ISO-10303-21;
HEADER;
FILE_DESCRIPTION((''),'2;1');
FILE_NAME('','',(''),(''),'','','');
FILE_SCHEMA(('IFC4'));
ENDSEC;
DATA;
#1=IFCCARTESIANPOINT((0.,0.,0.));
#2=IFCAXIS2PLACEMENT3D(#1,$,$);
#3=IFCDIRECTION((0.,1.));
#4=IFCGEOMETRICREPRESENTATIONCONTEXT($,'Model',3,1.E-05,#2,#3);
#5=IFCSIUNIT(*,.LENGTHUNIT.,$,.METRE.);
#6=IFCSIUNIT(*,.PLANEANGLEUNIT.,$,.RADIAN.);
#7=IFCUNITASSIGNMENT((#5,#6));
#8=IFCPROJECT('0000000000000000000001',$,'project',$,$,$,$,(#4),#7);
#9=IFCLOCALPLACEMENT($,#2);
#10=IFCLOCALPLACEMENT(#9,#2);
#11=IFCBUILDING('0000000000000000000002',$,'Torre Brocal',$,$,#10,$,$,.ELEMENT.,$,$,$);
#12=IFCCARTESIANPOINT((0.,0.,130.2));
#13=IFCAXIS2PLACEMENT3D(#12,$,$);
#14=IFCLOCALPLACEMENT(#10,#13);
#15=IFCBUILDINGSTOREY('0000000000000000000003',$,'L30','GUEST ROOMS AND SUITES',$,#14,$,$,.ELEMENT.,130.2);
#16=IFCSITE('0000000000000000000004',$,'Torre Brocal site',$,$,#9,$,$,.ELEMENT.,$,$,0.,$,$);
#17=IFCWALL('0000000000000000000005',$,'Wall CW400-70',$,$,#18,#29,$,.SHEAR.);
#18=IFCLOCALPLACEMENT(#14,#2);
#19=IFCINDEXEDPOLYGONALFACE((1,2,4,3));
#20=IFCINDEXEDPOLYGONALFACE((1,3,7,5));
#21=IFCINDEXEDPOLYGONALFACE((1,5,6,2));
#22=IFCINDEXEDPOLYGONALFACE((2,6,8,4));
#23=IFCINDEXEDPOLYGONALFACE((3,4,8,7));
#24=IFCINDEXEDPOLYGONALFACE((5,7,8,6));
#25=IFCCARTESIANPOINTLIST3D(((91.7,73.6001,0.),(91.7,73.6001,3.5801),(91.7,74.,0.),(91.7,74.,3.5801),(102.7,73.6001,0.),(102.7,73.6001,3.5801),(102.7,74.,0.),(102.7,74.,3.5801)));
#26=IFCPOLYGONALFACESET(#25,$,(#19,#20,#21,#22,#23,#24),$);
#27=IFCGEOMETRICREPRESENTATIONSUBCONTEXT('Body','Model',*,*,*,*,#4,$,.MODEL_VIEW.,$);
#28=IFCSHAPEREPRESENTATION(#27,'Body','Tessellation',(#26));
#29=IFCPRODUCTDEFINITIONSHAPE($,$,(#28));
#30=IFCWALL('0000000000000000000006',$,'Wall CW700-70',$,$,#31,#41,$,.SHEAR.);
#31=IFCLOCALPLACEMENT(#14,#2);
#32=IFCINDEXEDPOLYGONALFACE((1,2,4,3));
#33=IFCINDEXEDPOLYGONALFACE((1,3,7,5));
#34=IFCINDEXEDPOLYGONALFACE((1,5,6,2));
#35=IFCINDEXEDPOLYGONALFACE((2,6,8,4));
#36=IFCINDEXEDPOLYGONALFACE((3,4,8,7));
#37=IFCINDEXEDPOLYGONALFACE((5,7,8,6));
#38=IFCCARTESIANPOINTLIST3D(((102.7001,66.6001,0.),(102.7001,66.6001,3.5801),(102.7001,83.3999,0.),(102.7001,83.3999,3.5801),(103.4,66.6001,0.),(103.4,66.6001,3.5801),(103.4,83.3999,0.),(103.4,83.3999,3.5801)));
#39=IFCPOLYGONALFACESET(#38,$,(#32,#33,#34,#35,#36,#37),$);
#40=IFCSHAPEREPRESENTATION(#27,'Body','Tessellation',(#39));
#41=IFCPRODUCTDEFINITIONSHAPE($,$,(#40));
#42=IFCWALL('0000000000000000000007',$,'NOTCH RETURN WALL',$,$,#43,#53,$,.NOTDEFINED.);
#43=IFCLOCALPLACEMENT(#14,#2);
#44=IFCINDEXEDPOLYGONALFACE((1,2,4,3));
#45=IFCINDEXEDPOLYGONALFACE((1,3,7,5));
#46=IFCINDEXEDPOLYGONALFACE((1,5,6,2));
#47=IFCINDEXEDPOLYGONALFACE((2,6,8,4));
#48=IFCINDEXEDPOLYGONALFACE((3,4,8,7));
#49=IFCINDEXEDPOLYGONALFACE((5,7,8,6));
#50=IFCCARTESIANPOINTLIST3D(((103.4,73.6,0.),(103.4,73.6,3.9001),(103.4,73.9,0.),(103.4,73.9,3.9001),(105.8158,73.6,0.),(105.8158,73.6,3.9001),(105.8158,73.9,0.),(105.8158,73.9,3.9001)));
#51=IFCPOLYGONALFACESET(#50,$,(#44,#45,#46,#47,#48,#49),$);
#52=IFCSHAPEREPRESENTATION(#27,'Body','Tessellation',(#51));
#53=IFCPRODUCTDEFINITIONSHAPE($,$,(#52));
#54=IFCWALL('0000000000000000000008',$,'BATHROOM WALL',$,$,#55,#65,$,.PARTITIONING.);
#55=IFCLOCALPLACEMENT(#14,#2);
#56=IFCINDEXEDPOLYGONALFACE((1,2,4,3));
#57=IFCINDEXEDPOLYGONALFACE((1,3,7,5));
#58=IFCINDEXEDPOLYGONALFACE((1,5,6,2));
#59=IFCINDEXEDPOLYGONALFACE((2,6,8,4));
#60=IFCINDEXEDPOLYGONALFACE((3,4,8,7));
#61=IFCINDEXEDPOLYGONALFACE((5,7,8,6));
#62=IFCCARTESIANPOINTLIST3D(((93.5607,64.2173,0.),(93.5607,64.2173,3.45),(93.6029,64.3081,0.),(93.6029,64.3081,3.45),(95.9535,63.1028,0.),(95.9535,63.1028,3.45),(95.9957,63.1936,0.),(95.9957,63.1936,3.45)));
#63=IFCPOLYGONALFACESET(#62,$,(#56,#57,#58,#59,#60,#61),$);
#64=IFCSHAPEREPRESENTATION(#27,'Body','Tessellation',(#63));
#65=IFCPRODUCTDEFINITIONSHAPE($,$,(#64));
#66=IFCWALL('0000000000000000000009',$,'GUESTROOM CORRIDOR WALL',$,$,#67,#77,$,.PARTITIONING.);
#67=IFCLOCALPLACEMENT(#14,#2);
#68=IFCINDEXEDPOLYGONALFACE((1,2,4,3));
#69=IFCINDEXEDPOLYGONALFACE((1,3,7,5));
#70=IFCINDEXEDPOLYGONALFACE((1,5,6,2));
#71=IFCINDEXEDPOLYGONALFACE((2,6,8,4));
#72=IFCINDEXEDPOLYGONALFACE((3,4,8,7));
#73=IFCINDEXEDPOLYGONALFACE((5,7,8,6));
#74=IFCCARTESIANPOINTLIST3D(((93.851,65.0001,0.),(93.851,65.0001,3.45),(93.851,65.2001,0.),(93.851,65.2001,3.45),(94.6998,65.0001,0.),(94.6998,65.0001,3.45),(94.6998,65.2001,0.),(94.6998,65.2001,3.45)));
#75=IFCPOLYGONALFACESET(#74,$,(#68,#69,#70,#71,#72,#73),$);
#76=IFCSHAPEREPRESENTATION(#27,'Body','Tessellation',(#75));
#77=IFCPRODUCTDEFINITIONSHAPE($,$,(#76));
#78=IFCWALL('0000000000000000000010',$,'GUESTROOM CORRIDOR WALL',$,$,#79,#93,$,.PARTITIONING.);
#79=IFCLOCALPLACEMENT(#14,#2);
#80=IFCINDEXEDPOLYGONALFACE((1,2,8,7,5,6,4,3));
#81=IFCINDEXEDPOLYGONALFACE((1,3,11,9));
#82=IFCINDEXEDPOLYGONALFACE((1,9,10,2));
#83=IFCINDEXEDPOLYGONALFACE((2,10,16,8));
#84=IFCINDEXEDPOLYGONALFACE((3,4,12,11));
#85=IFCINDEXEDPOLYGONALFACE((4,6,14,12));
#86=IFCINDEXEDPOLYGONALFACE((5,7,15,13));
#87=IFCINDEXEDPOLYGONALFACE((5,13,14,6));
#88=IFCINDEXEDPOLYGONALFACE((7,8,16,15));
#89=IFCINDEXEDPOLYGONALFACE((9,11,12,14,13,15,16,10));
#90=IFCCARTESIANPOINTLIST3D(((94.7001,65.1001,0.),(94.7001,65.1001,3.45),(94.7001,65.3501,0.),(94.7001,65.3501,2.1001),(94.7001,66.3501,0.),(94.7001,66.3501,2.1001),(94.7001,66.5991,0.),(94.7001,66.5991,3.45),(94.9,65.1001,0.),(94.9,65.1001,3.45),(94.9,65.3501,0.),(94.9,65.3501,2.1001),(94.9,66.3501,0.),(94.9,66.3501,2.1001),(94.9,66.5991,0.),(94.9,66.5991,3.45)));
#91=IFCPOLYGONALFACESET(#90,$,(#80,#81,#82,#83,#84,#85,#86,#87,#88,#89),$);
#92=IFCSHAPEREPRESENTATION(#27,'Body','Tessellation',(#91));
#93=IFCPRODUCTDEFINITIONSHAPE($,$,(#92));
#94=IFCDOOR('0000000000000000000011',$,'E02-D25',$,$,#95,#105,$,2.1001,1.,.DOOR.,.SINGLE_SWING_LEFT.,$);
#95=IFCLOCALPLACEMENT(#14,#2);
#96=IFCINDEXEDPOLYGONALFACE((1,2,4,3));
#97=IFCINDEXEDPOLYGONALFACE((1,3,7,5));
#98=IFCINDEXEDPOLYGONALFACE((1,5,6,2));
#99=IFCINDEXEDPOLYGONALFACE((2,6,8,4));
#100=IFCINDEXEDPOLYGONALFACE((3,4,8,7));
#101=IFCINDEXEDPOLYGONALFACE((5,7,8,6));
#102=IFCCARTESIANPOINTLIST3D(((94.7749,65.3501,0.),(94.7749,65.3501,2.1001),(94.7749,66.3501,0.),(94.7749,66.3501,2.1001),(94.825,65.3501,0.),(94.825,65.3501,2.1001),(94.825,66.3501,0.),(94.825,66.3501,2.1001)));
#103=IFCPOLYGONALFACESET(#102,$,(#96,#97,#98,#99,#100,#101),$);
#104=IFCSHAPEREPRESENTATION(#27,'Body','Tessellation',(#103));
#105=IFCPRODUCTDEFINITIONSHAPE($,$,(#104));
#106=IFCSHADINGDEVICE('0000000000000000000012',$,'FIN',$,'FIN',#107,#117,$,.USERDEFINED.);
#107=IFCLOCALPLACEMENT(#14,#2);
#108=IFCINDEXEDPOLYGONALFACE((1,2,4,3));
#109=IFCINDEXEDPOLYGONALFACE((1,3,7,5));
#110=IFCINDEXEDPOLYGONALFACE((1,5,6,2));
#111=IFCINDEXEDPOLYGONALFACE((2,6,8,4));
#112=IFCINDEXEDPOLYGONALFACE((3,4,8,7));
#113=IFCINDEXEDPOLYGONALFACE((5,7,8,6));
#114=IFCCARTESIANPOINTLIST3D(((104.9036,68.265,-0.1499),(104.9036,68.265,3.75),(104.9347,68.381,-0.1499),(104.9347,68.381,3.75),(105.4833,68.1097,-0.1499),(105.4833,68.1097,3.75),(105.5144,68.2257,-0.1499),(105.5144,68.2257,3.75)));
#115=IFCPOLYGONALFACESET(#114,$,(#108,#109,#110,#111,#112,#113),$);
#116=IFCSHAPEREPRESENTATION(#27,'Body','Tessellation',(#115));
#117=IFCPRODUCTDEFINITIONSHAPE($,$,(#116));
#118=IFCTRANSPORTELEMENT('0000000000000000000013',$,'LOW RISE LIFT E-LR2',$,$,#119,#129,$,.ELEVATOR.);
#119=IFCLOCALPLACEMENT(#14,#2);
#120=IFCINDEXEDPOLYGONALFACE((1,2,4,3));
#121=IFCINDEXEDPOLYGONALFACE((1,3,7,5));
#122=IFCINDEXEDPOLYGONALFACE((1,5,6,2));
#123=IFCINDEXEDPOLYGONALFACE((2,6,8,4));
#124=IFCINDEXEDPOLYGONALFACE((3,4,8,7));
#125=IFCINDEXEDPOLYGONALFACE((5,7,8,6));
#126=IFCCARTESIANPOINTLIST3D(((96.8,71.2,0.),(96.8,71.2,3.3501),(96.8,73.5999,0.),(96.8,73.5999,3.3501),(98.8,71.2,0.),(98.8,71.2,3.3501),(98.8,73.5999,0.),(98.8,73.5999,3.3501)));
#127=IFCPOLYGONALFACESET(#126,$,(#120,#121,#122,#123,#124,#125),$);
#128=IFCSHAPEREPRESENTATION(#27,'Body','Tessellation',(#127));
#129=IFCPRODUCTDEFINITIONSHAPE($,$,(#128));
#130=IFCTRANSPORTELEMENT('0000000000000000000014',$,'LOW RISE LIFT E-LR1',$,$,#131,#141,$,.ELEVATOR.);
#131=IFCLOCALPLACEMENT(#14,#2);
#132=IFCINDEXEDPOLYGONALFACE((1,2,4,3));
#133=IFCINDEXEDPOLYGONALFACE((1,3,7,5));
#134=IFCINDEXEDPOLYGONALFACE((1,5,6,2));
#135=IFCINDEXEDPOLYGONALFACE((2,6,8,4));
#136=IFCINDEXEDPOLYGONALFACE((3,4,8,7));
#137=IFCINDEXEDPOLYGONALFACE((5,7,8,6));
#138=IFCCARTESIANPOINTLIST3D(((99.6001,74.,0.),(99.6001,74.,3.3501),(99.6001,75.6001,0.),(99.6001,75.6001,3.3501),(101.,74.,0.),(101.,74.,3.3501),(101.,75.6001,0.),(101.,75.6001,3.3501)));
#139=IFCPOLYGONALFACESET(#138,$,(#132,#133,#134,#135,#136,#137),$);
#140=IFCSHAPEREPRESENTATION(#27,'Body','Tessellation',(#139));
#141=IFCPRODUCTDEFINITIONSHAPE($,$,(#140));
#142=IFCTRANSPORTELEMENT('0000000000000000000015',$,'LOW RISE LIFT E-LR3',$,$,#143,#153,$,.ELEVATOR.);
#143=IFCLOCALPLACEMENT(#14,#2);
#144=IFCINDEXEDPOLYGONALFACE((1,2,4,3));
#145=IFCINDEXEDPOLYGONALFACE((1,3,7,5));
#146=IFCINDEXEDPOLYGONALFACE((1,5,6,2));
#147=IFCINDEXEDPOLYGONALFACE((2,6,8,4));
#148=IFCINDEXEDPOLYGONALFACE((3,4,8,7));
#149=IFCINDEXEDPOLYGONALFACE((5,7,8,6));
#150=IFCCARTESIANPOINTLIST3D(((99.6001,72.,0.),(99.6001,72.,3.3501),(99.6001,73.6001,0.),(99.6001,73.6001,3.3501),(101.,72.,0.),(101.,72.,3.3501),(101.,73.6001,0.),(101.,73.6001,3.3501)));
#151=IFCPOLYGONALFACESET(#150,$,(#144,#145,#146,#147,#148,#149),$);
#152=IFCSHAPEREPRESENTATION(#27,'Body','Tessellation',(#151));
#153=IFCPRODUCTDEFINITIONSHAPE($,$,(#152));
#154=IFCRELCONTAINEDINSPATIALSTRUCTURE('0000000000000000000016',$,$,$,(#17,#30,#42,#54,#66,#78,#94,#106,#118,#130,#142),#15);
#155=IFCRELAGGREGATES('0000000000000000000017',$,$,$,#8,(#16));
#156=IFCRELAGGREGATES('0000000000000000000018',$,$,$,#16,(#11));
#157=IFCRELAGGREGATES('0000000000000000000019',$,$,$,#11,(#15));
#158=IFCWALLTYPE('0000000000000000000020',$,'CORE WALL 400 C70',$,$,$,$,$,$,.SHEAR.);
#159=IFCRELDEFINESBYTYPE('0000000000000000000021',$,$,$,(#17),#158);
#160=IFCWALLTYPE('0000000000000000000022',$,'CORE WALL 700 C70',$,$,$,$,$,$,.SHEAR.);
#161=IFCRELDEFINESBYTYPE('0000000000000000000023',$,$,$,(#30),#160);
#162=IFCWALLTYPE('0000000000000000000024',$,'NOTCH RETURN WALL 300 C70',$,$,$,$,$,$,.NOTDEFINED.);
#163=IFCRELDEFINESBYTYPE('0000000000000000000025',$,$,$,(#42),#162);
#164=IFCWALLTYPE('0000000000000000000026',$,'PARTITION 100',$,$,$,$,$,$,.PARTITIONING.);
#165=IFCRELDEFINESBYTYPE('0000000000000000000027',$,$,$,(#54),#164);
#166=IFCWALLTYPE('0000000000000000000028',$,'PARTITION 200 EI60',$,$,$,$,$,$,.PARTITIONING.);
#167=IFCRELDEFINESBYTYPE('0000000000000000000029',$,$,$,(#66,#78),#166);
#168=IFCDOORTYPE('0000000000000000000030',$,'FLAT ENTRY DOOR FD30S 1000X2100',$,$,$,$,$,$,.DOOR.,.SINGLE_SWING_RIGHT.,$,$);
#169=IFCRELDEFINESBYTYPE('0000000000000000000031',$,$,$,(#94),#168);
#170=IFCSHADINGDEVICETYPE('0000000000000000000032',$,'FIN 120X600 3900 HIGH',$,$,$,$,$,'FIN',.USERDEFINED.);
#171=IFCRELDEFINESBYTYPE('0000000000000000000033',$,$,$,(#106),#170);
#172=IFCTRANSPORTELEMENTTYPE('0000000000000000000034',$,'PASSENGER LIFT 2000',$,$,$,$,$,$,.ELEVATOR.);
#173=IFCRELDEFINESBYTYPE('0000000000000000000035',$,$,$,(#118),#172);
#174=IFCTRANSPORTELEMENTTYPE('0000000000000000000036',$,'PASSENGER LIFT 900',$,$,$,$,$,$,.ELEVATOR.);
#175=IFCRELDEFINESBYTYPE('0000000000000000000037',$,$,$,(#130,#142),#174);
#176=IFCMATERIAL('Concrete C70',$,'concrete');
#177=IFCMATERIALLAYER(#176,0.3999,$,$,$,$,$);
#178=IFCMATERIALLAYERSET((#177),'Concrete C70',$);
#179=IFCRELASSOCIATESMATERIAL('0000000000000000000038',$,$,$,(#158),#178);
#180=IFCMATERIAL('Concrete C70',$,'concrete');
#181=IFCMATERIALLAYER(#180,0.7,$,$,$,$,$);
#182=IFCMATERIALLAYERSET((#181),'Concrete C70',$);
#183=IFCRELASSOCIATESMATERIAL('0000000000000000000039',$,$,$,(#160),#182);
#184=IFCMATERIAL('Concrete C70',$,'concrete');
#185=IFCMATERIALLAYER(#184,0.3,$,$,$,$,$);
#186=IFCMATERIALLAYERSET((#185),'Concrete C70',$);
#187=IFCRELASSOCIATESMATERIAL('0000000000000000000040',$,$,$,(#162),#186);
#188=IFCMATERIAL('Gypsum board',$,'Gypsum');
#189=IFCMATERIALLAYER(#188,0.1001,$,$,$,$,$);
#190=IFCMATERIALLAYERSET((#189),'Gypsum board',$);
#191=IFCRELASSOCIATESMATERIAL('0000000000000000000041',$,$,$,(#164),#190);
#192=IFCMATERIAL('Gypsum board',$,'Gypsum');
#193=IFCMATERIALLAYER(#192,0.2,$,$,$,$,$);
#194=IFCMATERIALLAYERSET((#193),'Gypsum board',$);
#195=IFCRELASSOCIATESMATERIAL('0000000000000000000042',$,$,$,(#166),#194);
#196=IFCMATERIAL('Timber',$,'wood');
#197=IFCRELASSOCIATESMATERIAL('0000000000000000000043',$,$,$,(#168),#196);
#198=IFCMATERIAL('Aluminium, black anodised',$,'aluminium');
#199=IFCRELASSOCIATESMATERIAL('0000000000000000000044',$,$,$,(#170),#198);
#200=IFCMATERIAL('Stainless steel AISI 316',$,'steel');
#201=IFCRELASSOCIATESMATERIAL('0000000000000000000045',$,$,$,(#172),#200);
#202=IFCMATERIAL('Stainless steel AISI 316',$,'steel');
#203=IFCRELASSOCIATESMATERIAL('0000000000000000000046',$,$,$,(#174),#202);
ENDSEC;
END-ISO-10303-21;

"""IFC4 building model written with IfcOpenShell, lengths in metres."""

from ifc_helpers import new_model, si_unit, direction, frame, frame_2d, origin, origin_2d, place, context, subcontext, project, spatial, rectangle, extrude, material, layer, layer_set, material_profile, profile_set, type_object, element, fill, save


model = new_model("IFC4")

# Units and contexts
model_context = context("Model", 3, precision=1e-05, world=origin(), true_north=direction((0.0, 1.0)))
body_context = subcontext(model_context, "Body", "Model", "MODEL_VIEW")
ifc_project = project(units=[si_unit("LENGTHUNIT", "METRE"), si_unit("PLANEANGLEUNIT", "RADIAN")], contexts=[model_context])

# Site, building, storey
site_placement = place(None, origin())
site = spatial("IfcSite", under=ifc_project, at=site_placement, Name="Torre Brocal site", CompositionType="ELEMENT", RefElevation=0.0)
building_placement = place(site_placement, origin())
building = spatial("IfcBuilding", under=site, at=building_placement, Name="Torre Brocal", CompositionType="ELEMENT")
storey_placement = place(building_placement, frame((0.0, 0.0, 130.2)))
storey = spatial("IfcBuildingStorey", under=building, at=storey_placement, Name="L30", Description="GUEST ROOMS AND SUITES", CompositionType="ELEMENT", Elevation=130.2)

# Walls
ifc_material_1 = material(Name="Concrete C70", Category="concrete")
ifc_layer_1 = layer(ifc_material_1, 0.3999)
ifc_layer_set_1 = layer_set([ifc_layer_1], Name="Concrete C70")
wall_type_1 = type_object("IfcWallType", Name="CORE WALL 400 C70", PredefinedType="SHEAR", material=ifc_layer_set_1)
wall_1_placement = place(storey_placement, frame((91.7, 73.8, 0.0), z_axis=(0.0, 0.0, 1.0), x_axis=(1.0, 0.0, 0.0)))
element("IfcWall", 1, at=wall_1_placement, inside=storey, type_object=wall_type_1, Name="Wall CW400-70", PredefinedType="SHEAR", context=body_context, shape_type="SweptSolid", body=[
    extrude(rectangle(XDim=11.0, YDim=0.3999, at=frame_2d((5.5, 0.0))), origin(), (0.0, 0.0, 1.0), 3.5801),
])
ifc_material_2 = material(Name="Concrete C70", Category="concrete")
ifc_layer_2 = layer(ifc_material_2, 0.7)
ifc_layer_set_2 = layer_set([ifc_layer_2], Name="Concrete C70")
wall_type_2 = type_object("IfcWallType", Name="CORE WALL 700 C70", PredefinedType="SHEAR", material=ifc_layer_set_2)
wall_2_placement = place(storey_placement, frame((103.05, 66.6001, 0.0), z_axis=(0.0, 0.0, 1.0), x_axis=(0.0, 1.0, 0.0)))
element("IfcWall", 2, at=wall_2_placement, inside=storey, type_object=wall_type_2, Name="Wall CW700-70", PredefinedType="SHEAR", context=body_context, shape_type="SweptSolid", body=[
    extrude(rectangle(XDim=16.7998, YDim=0.7, at=frame_2d((8.3999, 0.0))), origin(), (0.0, 0.0, 1.0), 3.5801),
])
ifc_material_3 = material(Name="Concrete C70", Category="concrete")
ifc_layer_3 = layer(ifc_material_3, 0.3)
ifc_layer_set_3 = layer_set([ifc_layer_3], Name="Concrete C70")
wall_type_3 = type_object("IfcWallType", Name="NOTCH RETURN WALL 300 C70", PredefinedType="NOTDEFINED", material=ifc_layer_set_3)
wall_3_placement = place(storey_placement, frame((103.3999, 73.75, 0.0), z_axis=(0.0, 0.0, 1.0), x_axis=(1.0, 0.0, 0.0)))
element("IfcWall", 3, at=wall_3_placement, inside=storey, type_object=wall_type_3, Name="NOTCH RETURN WALL", PredefinedType="NOTDEFINED", context=body_context, shape_type="SweptSolid", body=[
    extrude(rectangle(XDim=2.4158, YDim=0.3, at=frame_2d((1.208, 0.0))), origin(), (0.0, 0.0, 1.0), 3.9001),
])
ifc_material_4 = material(Name="Gypsum board", Category="Gypsum")
ifc_layer_4 = layer(ifc_material_4, 0.1001)
ifc_layer_set_4 = layer_set([ifc_layer_4], Name="Gypsum board")
wall_type_4 = type_object("IfcWallType", Name="PARTITION 100", PredefinedType="PARTITIONING", material=ifc_layer_set_4)
wall_4_placement = place(storey_placement, frame((93.5818, 64.2627, 0.0), z_axis=(0.0, 0.0, 1.0), x_axis=(0.906495, -0.422217, 0.0)))
element("IfcWall", 4, at=wall_4_placement, inside=storey, type_object=wall_type_4, Name="BATHROOM WALL", PredefinedType="PARTITIONING", context=body_context, shape_type="SweptSolid", body=[
    extrude(rectangle(XDim=2.6396, YDim=0.1001, at=frame_2d((1.3198, 0.0))), origin(), (0.0, 0.0, 1.0), 3.45),
])
ifc_material_5 = material(Name="Gypsum board", Category="Gypsum")
ifc_layer_5 = layer(ifc_material_5, 0.2)
ifc_layer_set_5 = layer_set([ifc_layer_5], Name="Gypsum board")
wall_type_5 = type_object("IfcWallType", Name="PARTITION 200 EI60", PredefinedType="PARTITIONING", material=ifc_layer_set_5)
wall_5_placement = place(storey_placement, frame((93.8511, 65.1001, 0.0), z_axis=(0.0, 0.0, 1.0), x_axis=(1.0, 0.0, 0.0)))
element("IfcWall", 5, at=wall_5_placement, inside=storey, type_object=wall_type_5, Name="GUESTROOM CORRIDOR WALL", PredefinedType="PARTITIONING", context=body_context, shape_type="SweptSolid", body=[
    extrude(rectangle(XDim=0.8489, YDim=0.2, at=frame_2d((0.4243, 0.0))), origin(), (0.0, 0.0, 1.0), 3.45),
])

# Wall, opening, door
wall_6_placement = place(storey_placement, frame((94.8, 65.1001, 0.0), z_axis=(0.0, 0.0, 1.0), x_axis=(0.0, 1.0, 0.0)))
wall_6 = element("IfcWall", 6, at=wall_6_placement, inside=storey, type_object=wall_type_5, Name="GUESTROOM CORRIDOR WALL", PredefinedType="PARTITIONING", context=body_context, shape_type="SweptSolid", body=[
    extrude(rectangle(XDim=1.499, YDim=0.2, at=frame_2d((0.7495, 0.0))), origin(), (0.0, 0.0, 1.0), 3.45),
])
opening_placement = place(wall_6_placement, frame((0.25, 0.0, 0.0)))
opening = element("IfcOpeningElement", 7, at=opening_placement, cuts=wall_6, PredefinedType="OPENING", context=body_context, shape_type="SweptSolid", body=[
    extrude(rectangle(XDim=1.0, YDim=2.1001, at=frame_2d((0.5, 1.05))), frame((0.0, 0.1099, 0.0), z_axis=(0.0, -1.0, 0.0), x_axis=(1.0, 0.0, 0.0)), (0.0, 0.0, 1.0), 0.22),
])
ifc_material_6 = material(Name="Timber", Category="wood")
door_type = type_object("IfcDoorType", Name="FLAT ENTRY DOOR FD30S 1000X2100", OperationType="SINGLE_SWING_RIGHT", PredefinedType="DOOR", material=ifc_material_6)
door_placement = place(opening_placement, frame((1.0, 0.0, 0.0), z_axis=(0.0, 0.0, 1.0), x_axis=(-1.0, 0.0, 0.0)))
door = element("IfcDoor", 8, at=door_placement, inside=storey, type_object=door_type, Name="E02-D25", OperationType="SINGLE_SWING_LEFT", OverallHeight=2.1001, OverallWidth=1.0, PredefinedType="DOOR", context=body_context, shape_type="SweptSolid", body=[
    extrude(rectangle(XDim=1.0, YDim=2.1001, at=frame_2d((0.5, 1.05))), frame((0.0, 0.0249, 0.0), z_axis=(0.0, -1.0, 0.0), x_axis=(1.0, 0.0, 0.0)), (0.0, 0.0, 1.0), 0.05),
])
fill(opening, door)

# Shading device
ifc_material_7 = material(Name="Aluminium, black anodised", Category="aluminium")
ifc_material_profile_1 = material_profile(ifc_material_7, rectangle(XDim=0.1201, YDim=0.6001, at=origin_2d()), Name="FIN 120X600 3900 HIGH")
ifc_profile_set_1 = profile_set([ifc_material_profile_1], Name="Aluminium, black anodised")
shading_device_type = type_object("IfcShadingDeviceType", Name="FIN 120X600 3900 HIGH", ElementType="FIN", PredefinedType="USERDEFINED", material=ifc_profile_set_1)
shading_device_placement = place(storey_placement, frame((105.209, 68.2454, -0.1499), z_axis=(0.0, 0.0, 1.0), x_axis=(0.258819, 0.965926, 0.0)))
element("IfcShadingDevice", 9, at=shading_device_placement, inside=storey, type_object=shading_device_type, Name="FIN", ObjectType="FIN", PredefinedType="USERDEFINED", context=body_context, shape_type="SweptSolid", body=[
    extrude(rectangle(XDim=0.1201, YDim=0.6001, at=origin_2d()), origin(), (0.0, 0.0, 1.0), 3.8999),
])

# Transport elements
ifc_material_8 = material(Name="Stainless steel AISI 316", Category="steel")
transport_element_type_1 = type_object("IfcTransportElementType", Name="PASSENGER LIFT 2000", PredefinedType="ELEVATOR", material=ifc_material_8)
transport_element_placement = place(storey_placement, frame((97.8, 72.3999, 0.0), z_axis=(0.0, 0.0, 1.0), x_axis=(1.0, 0.0, 0.0)))
element("IfcTransportElement", 10, at=transport_element_placement, inside=storey, type_object=transport_element_type_1, Name="LOW RISE LIFT E-LR2", PredefinedType="ELEVATOR", context=body_context, shape_type="SweptSolid", body=[
    extrude(rectangle(XDim=2.0, YDim=2.3999, at=origin_2d()), origin(), (0.0, 0.0, 1.0), 3.3501),
])
ifc_material_9 = material(Name="Stainless steel AISI 316", Category="steel")
transport_element_type_2 = type_object("IfcTransportElementType", Name="PASSENGER LIFT 900", PredefinedType="ELEVATOR", material=ifc_material_9)
for number, where, z_axis, x_axis, name in (
    (11, (100.3, 74.8, 0.0), (0.0, 0.0, 1.0), (1.0, 0.0, 0.0), "LOW RISE LIFT E-LR1"),
    (12, (100.3, 72.8, 0.0), (0.0, 0.0, 1.0), (1.0, 0.0, 0.0), "LOW RISE LIFT E-LR3"),
):
    element("IfcTransportElement", number, at=place(storey_placement, frame(where, z_axis=z_axis, x_axis=x_axis)), inside=storey, type_object=transport_element_type_2, Name=name, PredefinedType="ELEVATOR", context=body_context, shape_type="SweptSolid", body=[
        extrude(rectangle(XDim=1.3999, YDim=1.6001, at=origin_2d()), origin(), (0.0, 0.0, 1.0), 3.3501),
    ])

save(model, "model.ifc")
